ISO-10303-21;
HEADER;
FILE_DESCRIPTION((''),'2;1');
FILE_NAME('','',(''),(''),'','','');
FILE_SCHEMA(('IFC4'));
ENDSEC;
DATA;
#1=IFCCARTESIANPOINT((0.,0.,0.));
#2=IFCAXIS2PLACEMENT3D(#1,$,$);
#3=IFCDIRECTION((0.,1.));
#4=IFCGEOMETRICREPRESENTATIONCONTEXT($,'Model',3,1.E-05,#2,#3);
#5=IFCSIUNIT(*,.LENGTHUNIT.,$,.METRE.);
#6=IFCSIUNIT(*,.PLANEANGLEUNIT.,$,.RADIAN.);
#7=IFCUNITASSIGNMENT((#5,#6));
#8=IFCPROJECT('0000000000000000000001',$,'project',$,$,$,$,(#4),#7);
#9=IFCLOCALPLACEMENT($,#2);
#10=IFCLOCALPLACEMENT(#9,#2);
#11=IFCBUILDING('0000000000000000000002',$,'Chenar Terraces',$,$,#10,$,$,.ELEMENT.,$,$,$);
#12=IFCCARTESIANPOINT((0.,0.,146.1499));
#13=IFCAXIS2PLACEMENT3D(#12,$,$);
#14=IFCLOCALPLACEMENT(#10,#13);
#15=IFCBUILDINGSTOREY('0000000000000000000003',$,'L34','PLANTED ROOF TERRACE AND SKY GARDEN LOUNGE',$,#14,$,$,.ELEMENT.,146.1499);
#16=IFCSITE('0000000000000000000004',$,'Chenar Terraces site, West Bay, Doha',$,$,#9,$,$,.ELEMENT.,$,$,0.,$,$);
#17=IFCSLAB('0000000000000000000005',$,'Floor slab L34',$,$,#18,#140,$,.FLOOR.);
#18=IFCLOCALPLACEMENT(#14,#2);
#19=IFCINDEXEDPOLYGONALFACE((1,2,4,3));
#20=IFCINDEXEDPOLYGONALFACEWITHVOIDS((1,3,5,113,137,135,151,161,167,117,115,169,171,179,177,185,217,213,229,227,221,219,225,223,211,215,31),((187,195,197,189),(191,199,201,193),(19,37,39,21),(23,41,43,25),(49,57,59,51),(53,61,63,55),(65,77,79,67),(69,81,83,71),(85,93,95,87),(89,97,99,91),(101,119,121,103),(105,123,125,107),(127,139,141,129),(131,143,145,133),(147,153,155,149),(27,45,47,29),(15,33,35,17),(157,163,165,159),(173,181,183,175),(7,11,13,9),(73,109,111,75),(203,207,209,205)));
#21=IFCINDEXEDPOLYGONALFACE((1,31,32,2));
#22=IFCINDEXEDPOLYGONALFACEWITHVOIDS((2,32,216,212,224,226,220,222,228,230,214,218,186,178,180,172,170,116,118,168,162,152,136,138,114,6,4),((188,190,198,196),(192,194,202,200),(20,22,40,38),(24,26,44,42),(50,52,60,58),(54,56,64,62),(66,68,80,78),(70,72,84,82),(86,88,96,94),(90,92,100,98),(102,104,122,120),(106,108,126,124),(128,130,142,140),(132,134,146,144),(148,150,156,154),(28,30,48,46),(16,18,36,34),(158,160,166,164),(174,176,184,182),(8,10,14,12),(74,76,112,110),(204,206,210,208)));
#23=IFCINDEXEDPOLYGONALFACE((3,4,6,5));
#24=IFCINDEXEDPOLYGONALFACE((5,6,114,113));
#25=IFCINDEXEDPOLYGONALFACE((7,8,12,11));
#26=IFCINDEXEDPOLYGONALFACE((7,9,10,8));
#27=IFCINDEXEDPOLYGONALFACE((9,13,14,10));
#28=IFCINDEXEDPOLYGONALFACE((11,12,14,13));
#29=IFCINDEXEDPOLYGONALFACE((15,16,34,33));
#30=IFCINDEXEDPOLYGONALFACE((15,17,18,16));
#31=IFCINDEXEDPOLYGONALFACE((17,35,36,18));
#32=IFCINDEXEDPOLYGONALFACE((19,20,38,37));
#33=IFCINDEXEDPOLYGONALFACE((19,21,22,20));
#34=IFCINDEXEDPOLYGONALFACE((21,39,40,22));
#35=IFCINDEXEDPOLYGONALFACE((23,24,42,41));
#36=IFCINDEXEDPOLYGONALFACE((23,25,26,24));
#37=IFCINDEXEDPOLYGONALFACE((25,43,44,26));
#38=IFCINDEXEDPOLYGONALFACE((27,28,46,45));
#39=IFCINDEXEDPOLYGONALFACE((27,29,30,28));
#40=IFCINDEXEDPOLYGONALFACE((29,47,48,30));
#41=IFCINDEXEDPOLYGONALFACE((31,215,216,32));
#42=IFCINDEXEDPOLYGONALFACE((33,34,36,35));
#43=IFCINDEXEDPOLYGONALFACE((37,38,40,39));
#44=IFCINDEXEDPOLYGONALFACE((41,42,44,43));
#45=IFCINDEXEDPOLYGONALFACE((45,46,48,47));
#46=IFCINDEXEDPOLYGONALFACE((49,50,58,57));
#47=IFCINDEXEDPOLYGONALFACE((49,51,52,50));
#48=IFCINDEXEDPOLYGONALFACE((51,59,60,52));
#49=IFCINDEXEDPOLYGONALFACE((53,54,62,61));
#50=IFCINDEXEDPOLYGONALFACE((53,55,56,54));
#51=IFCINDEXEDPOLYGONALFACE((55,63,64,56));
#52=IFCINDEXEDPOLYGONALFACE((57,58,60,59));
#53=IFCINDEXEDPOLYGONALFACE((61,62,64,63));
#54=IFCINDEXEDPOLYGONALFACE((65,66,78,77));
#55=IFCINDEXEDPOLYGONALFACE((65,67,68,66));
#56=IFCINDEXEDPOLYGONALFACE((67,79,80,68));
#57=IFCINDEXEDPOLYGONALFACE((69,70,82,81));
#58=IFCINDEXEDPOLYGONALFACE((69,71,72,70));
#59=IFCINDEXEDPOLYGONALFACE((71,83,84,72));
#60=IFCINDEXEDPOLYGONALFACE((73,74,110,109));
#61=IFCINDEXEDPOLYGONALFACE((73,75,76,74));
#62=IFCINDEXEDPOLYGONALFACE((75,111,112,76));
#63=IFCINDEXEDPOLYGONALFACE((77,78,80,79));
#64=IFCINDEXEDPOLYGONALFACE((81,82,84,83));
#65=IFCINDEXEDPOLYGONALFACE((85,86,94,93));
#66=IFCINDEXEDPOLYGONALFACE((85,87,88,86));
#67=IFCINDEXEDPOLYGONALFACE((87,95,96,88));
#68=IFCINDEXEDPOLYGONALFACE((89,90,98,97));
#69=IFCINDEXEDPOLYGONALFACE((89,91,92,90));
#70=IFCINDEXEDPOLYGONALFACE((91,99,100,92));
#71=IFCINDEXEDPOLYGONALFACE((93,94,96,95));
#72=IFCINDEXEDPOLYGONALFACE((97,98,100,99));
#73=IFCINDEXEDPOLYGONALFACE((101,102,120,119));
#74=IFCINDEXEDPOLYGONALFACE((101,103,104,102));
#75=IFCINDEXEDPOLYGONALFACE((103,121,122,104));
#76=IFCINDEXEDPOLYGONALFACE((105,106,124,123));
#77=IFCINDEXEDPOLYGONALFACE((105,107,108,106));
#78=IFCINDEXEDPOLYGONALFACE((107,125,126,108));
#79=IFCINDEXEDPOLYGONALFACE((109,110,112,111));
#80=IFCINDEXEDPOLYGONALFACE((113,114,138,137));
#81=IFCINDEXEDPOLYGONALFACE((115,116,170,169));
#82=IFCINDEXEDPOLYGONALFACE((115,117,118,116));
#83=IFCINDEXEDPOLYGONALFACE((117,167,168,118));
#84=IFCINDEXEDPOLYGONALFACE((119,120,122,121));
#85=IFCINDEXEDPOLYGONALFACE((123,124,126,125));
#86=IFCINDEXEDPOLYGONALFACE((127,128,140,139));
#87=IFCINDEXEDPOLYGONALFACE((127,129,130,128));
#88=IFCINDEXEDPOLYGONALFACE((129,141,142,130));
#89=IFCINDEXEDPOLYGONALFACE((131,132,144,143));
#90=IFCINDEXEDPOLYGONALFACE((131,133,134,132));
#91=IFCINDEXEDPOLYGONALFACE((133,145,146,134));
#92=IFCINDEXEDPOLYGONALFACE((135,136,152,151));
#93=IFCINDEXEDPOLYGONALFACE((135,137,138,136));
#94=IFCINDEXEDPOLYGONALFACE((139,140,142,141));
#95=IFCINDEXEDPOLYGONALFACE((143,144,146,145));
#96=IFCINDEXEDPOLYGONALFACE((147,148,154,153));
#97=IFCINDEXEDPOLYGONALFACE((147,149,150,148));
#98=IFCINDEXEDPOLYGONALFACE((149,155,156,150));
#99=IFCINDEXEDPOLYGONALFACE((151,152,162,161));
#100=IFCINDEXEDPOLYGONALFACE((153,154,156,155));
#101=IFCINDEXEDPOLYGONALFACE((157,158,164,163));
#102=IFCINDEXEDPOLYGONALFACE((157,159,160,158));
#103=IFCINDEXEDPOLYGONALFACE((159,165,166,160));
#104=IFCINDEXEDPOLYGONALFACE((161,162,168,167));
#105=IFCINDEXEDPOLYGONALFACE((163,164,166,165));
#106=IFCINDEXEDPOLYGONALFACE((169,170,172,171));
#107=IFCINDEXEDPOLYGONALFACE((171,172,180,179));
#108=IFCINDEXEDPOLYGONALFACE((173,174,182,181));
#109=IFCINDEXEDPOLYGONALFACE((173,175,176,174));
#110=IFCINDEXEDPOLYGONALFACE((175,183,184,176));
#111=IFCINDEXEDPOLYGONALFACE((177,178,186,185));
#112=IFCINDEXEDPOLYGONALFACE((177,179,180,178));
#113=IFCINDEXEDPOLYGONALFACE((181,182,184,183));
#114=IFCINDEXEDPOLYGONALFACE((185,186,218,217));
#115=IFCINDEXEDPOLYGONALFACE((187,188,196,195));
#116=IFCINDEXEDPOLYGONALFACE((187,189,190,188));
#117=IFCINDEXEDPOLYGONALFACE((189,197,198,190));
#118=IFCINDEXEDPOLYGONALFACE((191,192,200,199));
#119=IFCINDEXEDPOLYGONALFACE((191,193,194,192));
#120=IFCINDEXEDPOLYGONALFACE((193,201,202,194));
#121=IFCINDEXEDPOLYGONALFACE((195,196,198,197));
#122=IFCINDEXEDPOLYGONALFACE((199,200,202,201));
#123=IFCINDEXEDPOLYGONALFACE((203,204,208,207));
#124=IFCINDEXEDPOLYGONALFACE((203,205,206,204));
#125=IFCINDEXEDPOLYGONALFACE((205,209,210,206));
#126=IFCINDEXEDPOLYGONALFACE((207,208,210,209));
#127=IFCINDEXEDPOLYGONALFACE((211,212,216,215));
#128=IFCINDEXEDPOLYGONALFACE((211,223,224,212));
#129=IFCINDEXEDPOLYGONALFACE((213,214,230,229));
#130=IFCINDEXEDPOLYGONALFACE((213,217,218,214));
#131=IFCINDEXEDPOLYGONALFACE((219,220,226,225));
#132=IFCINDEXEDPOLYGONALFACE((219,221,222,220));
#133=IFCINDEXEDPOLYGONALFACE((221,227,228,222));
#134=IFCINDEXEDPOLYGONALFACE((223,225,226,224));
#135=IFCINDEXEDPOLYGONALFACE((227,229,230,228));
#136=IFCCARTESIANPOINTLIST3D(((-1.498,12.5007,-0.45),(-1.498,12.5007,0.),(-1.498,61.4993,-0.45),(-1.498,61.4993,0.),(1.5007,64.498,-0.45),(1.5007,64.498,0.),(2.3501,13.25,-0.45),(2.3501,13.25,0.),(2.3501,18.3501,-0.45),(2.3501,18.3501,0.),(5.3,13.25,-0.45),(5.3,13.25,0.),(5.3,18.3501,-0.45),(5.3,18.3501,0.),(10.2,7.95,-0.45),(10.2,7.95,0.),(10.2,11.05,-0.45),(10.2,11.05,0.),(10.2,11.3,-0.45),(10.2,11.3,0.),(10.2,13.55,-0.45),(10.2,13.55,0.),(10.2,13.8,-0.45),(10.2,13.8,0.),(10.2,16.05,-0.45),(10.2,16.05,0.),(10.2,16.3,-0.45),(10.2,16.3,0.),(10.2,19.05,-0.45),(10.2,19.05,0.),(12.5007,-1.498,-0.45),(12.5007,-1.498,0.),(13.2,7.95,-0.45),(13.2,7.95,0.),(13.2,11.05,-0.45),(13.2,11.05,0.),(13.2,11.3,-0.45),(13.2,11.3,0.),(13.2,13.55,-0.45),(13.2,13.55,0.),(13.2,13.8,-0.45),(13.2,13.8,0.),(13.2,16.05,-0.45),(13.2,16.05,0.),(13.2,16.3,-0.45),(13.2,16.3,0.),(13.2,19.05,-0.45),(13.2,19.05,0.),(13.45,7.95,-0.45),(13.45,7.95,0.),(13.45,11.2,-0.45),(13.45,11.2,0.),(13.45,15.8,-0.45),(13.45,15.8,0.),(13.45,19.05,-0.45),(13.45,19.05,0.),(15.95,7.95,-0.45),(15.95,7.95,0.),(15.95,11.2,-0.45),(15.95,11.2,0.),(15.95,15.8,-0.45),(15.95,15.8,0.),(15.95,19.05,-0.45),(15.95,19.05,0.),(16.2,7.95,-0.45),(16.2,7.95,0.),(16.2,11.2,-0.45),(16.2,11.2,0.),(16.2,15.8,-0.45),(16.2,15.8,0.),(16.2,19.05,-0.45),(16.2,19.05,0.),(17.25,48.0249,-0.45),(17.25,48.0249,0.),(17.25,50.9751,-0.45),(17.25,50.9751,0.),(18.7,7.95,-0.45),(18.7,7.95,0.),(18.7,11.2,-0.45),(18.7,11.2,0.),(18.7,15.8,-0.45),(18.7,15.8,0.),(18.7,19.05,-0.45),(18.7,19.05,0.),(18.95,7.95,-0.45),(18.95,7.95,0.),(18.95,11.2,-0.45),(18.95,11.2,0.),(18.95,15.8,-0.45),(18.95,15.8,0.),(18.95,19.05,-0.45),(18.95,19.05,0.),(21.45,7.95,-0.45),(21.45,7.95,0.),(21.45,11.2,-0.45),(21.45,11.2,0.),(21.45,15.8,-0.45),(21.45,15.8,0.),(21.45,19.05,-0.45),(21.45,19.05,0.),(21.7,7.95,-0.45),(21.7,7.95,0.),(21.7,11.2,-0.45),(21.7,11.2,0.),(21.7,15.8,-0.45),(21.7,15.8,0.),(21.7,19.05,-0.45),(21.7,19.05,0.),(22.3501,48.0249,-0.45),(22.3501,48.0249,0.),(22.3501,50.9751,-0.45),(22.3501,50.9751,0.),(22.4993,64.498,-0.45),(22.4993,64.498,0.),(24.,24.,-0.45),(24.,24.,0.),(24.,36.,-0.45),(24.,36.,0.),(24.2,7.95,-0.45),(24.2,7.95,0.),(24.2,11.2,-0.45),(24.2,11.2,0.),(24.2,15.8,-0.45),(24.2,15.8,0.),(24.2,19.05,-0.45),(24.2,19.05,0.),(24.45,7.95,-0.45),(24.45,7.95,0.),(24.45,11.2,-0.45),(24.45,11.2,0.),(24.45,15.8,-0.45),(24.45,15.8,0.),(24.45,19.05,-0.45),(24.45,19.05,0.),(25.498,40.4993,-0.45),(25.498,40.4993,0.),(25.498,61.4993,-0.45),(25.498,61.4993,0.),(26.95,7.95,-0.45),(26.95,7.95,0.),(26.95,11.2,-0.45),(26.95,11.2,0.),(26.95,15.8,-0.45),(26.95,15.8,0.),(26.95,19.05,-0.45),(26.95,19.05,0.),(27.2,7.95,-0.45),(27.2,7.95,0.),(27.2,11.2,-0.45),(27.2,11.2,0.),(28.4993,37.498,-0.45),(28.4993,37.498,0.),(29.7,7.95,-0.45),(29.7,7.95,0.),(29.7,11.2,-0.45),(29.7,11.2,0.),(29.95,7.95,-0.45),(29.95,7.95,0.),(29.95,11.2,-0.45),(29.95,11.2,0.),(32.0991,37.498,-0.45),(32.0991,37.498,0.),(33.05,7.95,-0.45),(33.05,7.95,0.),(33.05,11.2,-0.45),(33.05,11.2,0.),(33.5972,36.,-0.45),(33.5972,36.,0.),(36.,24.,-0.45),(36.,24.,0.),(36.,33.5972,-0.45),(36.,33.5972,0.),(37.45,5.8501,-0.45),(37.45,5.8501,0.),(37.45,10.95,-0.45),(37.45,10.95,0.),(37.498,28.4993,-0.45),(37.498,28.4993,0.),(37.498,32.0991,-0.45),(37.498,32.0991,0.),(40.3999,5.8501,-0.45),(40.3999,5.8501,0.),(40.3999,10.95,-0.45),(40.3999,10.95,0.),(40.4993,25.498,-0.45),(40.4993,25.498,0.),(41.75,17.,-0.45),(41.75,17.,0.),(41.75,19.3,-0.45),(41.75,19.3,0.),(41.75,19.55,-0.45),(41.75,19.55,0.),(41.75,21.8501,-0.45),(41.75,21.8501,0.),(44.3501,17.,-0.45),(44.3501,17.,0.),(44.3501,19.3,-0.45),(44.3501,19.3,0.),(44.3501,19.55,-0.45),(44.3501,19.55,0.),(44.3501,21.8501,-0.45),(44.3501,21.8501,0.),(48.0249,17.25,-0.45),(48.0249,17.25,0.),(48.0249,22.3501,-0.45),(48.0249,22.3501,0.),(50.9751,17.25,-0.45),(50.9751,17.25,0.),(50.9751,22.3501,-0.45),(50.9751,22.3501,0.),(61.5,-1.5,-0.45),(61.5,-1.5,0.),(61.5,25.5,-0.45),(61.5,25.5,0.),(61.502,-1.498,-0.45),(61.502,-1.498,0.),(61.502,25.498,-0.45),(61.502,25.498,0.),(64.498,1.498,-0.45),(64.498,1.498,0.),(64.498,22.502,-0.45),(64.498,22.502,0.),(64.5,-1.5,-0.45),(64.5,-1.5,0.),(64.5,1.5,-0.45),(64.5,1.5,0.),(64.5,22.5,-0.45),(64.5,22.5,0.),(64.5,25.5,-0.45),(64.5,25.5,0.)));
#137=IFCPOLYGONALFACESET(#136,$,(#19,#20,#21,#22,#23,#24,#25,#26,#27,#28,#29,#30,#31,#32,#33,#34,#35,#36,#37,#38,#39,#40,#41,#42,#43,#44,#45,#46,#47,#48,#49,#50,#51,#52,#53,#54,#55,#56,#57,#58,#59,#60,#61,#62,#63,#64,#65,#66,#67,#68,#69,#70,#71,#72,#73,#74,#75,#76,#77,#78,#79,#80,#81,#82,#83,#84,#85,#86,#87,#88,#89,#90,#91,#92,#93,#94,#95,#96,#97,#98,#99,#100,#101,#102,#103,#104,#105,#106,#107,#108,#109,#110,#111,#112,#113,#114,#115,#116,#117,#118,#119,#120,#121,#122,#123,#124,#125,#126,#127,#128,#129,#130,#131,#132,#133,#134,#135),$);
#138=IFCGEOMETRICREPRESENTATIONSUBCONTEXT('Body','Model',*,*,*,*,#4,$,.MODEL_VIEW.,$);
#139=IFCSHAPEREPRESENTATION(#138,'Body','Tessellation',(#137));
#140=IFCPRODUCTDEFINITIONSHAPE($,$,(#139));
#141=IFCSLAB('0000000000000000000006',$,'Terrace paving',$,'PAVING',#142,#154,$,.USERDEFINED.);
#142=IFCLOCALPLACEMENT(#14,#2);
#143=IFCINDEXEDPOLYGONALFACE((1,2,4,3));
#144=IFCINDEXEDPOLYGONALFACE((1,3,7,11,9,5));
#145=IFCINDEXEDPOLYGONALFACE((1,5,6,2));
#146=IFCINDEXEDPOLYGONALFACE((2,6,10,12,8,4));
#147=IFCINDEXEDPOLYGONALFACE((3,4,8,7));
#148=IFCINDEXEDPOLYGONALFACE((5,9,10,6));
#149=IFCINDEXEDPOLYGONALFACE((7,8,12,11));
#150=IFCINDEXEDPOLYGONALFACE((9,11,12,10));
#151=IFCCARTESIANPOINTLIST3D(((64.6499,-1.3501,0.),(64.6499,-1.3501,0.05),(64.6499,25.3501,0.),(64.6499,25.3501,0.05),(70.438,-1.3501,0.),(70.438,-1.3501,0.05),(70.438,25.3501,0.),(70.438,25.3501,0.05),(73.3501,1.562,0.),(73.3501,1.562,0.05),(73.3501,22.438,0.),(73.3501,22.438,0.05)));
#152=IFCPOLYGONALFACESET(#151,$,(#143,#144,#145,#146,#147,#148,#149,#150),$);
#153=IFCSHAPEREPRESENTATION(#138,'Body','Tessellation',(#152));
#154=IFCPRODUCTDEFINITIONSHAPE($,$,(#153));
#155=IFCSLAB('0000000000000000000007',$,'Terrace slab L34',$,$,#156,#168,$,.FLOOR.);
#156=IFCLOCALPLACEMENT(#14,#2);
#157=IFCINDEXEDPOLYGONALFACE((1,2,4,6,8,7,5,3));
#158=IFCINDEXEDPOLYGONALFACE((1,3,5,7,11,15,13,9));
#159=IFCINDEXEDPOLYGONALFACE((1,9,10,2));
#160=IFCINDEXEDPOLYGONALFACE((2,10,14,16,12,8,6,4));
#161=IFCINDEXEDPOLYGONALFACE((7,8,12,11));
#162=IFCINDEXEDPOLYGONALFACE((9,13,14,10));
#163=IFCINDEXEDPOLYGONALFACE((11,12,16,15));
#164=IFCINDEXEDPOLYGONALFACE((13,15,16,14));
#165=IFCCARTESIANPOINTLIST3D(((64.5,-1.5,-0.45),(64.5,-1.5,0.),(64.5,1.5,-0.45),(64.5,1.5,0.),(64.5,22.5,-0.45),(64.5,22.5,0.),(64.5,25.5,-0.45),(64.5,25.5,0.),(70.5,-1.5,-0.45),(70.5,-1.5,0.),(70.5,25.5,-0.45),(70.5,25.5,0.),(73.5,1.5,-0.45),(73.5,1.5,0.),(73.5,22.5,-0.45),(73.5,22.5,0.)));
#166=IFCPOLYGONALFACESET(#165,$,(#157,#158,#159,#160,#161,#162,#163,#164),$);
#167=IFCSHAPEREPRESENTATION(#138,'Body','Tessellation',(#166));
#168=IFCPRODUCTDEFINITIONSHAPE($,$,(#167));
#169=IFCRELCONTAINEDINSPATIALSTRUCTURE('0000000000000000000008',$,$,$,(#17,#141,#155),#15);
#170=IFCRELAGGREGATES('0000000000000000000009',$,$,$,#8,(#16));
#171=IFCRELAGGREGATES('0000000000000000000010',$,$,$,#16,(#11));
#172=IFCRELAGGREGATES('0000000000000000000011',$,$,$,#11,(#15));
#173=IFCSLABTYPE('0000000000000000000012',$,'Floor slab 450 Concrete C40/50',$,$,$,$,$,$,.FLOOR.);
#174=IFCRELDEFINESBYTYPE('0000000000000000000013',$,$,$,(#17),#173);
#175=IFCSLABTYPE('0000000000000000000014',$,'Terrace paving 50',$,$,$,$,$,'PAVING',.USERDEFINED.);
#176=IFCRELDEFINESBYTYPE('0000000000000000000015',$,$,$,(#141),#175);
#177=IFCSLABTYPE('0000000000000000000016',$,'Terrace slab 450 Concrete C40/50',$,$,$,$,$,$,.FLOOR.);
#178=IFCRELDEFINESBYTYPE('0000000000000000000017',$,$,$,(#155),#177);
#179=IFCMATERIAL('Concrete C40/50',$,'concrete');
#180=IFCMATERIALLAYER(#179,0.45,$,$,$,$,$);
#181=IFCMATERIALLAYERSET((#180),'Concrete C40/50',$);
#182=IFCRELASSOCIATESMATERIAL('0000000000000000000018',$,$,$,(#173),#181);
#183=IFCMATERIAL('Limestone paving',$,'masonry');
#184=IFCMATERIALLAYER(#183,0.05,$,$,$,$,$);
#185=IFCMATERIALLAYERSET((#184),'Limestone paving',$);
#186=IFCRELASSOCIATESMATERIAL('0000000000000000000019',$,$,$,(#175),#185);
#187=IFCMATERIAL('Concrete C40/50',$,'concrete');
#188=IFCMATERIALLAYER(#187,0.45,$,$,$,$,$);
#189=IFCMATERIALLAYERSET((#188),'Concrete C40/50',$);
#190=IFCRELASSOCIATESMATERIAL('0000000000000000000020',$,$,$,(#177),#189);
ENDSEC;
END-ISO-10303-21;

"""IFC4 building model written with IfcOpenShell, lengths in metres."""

from ifc_helpers import new_model, si_unit, direction, frame, origin, place, context, subcontext, project, spatial, polyline, outline, extrude, material, layer, layer_set, type_object, element, save


model = new_model("IFC4")

# Units and contexts
model_context = context("Model", 3, precision=1e-05, world=origin(), true_north=direction((0.0, 1.0)))
body_context = subcontext(model_context, "Body", "Model", "MODEL_VIEW")
ifc_project = project(units=[si_unit("LENGTHUNIT", "METRE"), si_unit("PLANEANGLEUNIT", "RADIAN")], contexts=[model_context])

# Site, building, storey
site_placement = place(None, origin())
site = spatial("IfcSite", under=ifc_project, at=site_placement, Name="Chenar Terraces site, West Bay, Doha", CompositionType="ELEMENT", RefElevation=0.0)
building_placement = place(site_placement, origin())
building = spatial("IfcBuilding", under=site, at=building_placement, Name="Chenar Terraces", CompositionType="ELEMENT")
storey_placement = place(building_placement, frame((0.0, 0.0, 146.1499)))
storey = spatial("IfcBuildingStorey", under=building, at=storey_placement, Name="L34", Description="PLANTED ROOF TERRACE AND SKY GARDEN LOUNGE", CompositionType="ELEMENT", Elevation=146.1499)

# Shared definitions
placement_1 = place(storey_placement, origin())

# Slabs
ifc_material_1 = material(Name="Concrete C40/50", Category="concrete")
ifc_layer_1 = layer(ifc_material_1, 0.45)
ifc_layer_set_1 = layer_set([ifc_layer_1], Name="Concrete C40/50")
slab_type_1 = type_object("IfcSlabType", Name="Floor slab 450 Concrete C40/50", PredefinedType="FLOOR", material=ifc_layer_set_1)
placement_2 = place(storey_placement, frame((0.0, 0.0, -0.45)))
element("IfcSlab", 1, at=placement_2, inside=storey, type_object=slab_type_1, Name="Floor slab L34", PredefinedType="FLOOR", context=body_context, shape_type="SweptSolid", body=[
    extrude(outline(polyline([(61.502, -1.498), (12.5007, -1.498), (-1.498, 12.5007), (-1.498, 61.4993), (1.5007, 64.498), (22.4993, 64.498), (25.498, 61.4993), (25.498, 40.4993), (28.4993, 37.498), (32.0991, 37.498), (33.5972, 36.0), (24.0, 36.0), (24.0, 24.0), (36.0, 24.0), (36.0, 33.5972), (37.498, 32.0991), (37.498, 28.4993), (40.4993, 25.498), (61.502, 25.498), (61.5, 25.5), (64.5, 25.5), (64.5, 22.5), (64.498, 22.502), (64.498, 1.498), (64.5, 1.5), (64.5, -1.5), (61.5, -1.5), (61.502, -1.498)]), holes=[polyline([(13.2, 11.05), (10.2, 11.05), (10.2, 7.95), (13.2, 7.95), (13.2, 11.05)]), polyline([(15.95, 11.2), (13.45, 11.2), (13.45, 7.95), (15.95, 7.95), (15.95, 11.2)]), polyline([(18.7, 11.2), (16.2, 11.2), (16.2, 7.95), (18.7, 7.95), (18.7, 11.2)]), polyline([(21.45, 7.95), (21.45, 11.2), (18.95, 11.2), (18.95, 7.95), (21.45, 7.95)]), polyline([(13.2, 11.3), (13.2, 13.55), (10.2, 13.55), (10.2, 11.3), (13.2, 11.3)]), polyline([(13.2, 16.05), (10.2, 16.05), (10.2, 13.8), (13.2, 13.8), (13.2, 16.05)]), polyline([(2.3501, 18.3501), (2.3501, 13.25), (5.3, 13.25), (5.3, 18.3501), (2.3501, 18.3501)]), polyline([(15.95, 15.8), (15.95, 19.05), (13.45, 19.05), (13.45, 15.8), (15.95, 15.8)]), polyline([(18.7, 19.05), (16.2, 19.05), (16.2, 15.8), (18.7, 15.8), (18.7, 19.05)]), polyline([(21.45, 15.8), (21.45, 19.05), (18.95, 19.05), (18.95, 15.8), (21.45, 15.8)]), polyline([(13.2, 16.3), (13.2, 19.05), (10.2, 19.05), (10.2, 16.3), (13.2, 16.3)]), polyline([(22.3501, 48.0249), (22.3501, 50.9751), (17.25, 50.9751), (17.25, 48.0249), (22.3501, 48.0249)]), polyline([(37.45, 10.95), (37.45, 5.8501), (40.3999, 5.8501), (40.3999, 10.95), (37.45, 10.95)]), polyline([(24.2, 7.95), (24.2, 11.2), (21.7, 11.2), (21.7, 7.95), (24.2, 7.95)]), polyline([(26.95, 11.2), (24.45, 11.2), (24.45, 7.95), (26.95, 7.95), (26.95, 11.2)]), polyline([(29.7, 7.95), (29.7, 11.2), (27.2, 11.2), (27.2, 7.95), (29.7, 7.95)]), polyline([(33.05, 7.95), (33.05, 11.2), (29.95, 11.2), (29.95, 7.95), (33.05, 7.95)]), polyline([(24.2, 19.05), (21.7, 19.05), (21.7, 15.8), (24.2, 15.8), (24.2, 19.05)]), polyline([(26.95, 15.8), (26.95, 19.05), (24.45, 19.05), (24.45, 15.8), (26.95, 15.8)]), polyline([(44.3501, 17.0), (44.3501, 19.3), (41.75, 19.3), (41.75, 17.0), (44.3501, 17.0)]), polyline([(50.9751, 22.3501), (48.0249, 22.3501), (48.0249, 17.25), (50.9751, 17.25), (50.9751, 22.3501)]), polyline([(44.3501, 19.55), (44.3501, 21.8501), (41.75, 21.8501), (41.75, 19.55), (44.3501, 19.55)])]), origin(), (0.0, 0.0, 1.0), 0.45),
])
ifc_material_2 = material(Name="Limestone paving", Category="masonry")
ifc_layer_2 = layer(ifc_material_2, 0.05)
ifc_layer_set_2 = layer_set([ifc_layer_2], Name="Limestone paving")
slab_type_2 = type_object("IfcSlabType", Name="Terrace paving 50", ElementType="PAVING", PredefinedType="USERDEFINED", material=ifc_layer_set_2)
element("IfcSlab", 2, at=placement_1, inside=storey, type_object=slab_type_2, Name="Terrace paving", ObjectType="PAVING", PredefinedType="USERDEFINED", context=body_context, shape_type="SweptSolid", body=[
    extrude(outline(polyline([(73.3501, 1.562), (70.438, -1.3501), (64.6499, -1.3501), (64.6499, 25.3501), (70.438, 25.3501), (73.3501, 22.438), (73.3501, 1.562)])), origin(), (0.0, 0.0, 1.0), 0.05),
])
ifc_material_3 = material(Name="Concrete C40/50", Category="concrete")
ifc_layer_3 = layer(ifc_material_3, 0.45)
ifc_layer_set_3 = layer_set([ifc_layer_3], Name="Concrete C40/50")
slab_type_3 = type_object("IfcSlabType", Name="Terrace slab 450 Concrete C40/50", PredefinedType="FLOOR", material=ifc_layer_set_3)
element("IfcSlab", 3, at=placement_2, inside=storey, type_object=slab_type_3, Name="Terrace slab L34", PredefinedType="FLOOR", context=body_context, shape_type="SweptSolid", body=[
    extrude(outline(polyline([(73.5, 1.5), (70.5, -1.5), (64.5, -1.5), (64.5, 1.5), (64.5, 22.5), (64.5, 25.5), (70.5, 25.5), (73.5, 22.5), (73.5, 1.5)])), origin(), (0.0, 0.0, 1.0), 0.45),
])

save(model, "model.ifc")
